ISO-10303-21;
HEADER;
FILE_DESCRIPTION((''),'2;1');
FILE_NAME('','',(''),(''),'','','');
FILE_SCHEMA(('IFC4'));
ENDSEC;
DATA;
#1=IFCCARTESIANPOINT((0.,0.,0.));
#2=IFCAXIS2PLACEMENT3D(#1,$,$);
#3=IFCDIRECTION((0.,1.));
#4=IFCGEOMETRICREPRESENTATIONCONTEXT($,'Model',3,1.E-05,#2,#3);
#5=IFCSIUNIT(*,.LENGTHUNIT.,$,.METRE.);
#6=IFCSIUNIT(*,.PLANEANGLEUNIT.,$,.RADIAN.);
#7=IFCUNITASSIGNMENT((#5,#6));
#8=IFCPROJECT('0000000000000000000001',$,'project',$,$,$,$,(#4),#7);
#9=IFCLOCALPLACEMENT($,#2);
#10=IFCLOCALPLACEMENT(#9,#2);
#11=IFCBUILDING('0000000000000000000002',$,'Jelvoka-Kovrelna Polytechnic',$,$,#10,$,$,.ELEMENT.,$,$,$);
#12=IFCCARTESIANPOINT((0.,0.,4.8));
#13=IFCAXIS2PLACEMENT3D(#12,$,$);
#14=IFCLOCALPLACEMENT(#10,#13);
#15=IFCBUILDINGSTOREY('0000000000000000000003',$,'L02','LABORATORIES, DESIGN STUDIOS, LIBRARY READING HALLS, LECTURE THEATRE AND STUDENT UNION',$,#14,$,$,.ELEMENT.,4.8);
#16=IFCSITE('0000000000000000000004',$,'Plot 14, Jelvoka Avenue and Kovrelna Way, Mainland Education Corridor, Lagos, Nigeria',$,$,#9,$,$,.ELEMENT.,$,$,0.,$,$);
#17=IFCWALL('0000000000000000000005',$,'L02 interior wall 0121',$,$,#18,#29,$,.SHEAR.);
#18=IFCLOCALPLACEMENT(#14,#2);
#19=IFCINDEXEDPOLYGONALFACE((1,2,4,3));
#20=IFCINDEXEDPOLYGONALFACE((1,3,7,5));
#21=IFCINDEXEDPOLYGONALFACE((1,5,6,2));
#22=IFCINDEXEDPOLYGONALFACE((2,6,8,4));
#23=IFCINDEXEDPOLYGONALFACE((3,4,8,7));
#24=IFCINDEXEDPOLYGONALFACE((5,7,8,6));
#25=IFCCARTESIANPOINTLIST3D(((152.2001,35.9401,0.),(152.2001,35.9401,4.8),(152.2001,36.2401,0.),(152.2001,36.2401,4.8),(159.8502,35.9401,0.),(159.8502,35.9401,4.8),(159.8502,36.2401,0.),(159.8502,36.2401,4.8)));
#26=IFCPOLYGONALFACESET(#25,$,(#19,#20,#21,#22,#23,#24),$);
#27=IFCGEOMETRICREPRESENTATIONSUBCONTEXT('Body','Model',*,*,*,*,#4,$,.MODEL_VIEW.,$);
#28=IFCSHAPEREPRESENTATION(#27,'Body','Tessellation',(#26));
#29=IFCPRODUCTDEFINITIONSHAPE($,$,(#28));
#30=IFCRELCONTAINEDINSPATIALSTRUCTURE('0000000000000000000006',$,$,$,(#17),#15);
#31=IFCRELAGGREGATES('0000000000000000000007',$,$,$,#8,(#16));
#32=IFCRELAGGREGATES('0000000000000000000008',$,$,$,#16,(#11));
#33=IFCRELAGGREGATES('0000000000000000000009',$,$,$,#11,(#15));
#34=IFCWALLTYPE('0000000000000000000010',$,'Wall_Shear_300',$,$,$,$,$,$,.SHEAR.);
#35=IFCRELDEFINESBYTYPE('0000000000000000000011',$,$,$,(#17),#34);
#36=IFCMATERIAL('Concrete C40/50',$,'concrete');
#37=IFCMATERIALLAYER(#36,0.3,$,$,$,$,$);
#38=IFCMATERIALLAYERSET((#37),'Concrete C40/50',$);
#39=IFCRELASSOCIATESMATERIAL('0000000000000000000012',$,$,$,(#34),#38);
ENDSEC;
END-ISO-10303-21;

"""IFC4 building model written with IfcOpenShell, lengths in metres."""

from ifc_helpers import new_model, si_unit, direction, frame, frame_2d, origin, place, context, subcontext, project, spatial, rectangle, extrude, material, layer, layer_set, type_object, element, save


model = new_model("IFC4")

# Units and contexts
model_context = context("Model", 3, precision=1e-05, world=origin(), true_north=direction((0.0, 1.0)))
body_context = subcontext(model_context, "Body", "Model", "MODEL_VIEW")
ifc_project = project(units=[si_unit("LENGTHUNIT", "METRE"), si_unit("PLANEANGLEUNIT", "RADIAN")], contexts=[model_context])

# Site, building, storey
site_placement = place(None, origin())
site = spatial("IfcSite", under=ifc_project, at=site_placement, Name="Plot 14, Jelvoka Avenue and Kovrelna Way, Mainland Education Corridor, Lagos, Nigeria", CompositionType="ELEMENT", RefElevation=0.0)
building_placement = place(site_placement, origin())
building = spatial("IfcBuilding", under=site, at=building_placement, Name="Jelvoka-Kovrelna Polytechnic", CompositionType="ELEMENT")
storey_placement = place(building_placement, frame((0.0, 0.0, 4.8)))
storey = spatial("IfcBuildingStorey", under=building, at=storey_placement, Name="L02", Description="LABORATORIES, DESIGN STUDIOS, LIBRARY READING HALLS, LECTURE THEATRE AND STUDENT UNION", CompositionType="ELEMENT", Elevation=4.8)

# Wall
ifc_material_1 = material(Name="Concrete C40/50", Category="concrete")
ifc_layer_1 = layer(ifc_material_1, 0.3)
ifc_layer_set_1 = layer_set([ifc_layer_1], Name="Concrete C40/50")
wall_type_1 = type_object("IfcWallType", Name="Wall_Shear_300", PredefinedType="SHEAR", material=ifc_layer_set_1)
wall_1_placement = place(storey_placement, frame((152.2, 36.0901, 0.0), z_axis=(0.0, 0.0, 1.0), x_axis=(1.0, 0.0, 0.0)))
element("IfcWall", 1, at=wall_1_placement, inside=storey, type_object=wall_type_1, Name="L02 interior wall 0121", PredefinedType="SHEAR", context=body_context, shape_type="SweptSolid", body=[
    extrude(rectangle(XDim=7.6501, YDim=0.3, at=frame_2d((3.8252, 0.0))), origin(), (0.0, 0.0, 1.0), 4.8),
])

save(model, "model.ifc")
